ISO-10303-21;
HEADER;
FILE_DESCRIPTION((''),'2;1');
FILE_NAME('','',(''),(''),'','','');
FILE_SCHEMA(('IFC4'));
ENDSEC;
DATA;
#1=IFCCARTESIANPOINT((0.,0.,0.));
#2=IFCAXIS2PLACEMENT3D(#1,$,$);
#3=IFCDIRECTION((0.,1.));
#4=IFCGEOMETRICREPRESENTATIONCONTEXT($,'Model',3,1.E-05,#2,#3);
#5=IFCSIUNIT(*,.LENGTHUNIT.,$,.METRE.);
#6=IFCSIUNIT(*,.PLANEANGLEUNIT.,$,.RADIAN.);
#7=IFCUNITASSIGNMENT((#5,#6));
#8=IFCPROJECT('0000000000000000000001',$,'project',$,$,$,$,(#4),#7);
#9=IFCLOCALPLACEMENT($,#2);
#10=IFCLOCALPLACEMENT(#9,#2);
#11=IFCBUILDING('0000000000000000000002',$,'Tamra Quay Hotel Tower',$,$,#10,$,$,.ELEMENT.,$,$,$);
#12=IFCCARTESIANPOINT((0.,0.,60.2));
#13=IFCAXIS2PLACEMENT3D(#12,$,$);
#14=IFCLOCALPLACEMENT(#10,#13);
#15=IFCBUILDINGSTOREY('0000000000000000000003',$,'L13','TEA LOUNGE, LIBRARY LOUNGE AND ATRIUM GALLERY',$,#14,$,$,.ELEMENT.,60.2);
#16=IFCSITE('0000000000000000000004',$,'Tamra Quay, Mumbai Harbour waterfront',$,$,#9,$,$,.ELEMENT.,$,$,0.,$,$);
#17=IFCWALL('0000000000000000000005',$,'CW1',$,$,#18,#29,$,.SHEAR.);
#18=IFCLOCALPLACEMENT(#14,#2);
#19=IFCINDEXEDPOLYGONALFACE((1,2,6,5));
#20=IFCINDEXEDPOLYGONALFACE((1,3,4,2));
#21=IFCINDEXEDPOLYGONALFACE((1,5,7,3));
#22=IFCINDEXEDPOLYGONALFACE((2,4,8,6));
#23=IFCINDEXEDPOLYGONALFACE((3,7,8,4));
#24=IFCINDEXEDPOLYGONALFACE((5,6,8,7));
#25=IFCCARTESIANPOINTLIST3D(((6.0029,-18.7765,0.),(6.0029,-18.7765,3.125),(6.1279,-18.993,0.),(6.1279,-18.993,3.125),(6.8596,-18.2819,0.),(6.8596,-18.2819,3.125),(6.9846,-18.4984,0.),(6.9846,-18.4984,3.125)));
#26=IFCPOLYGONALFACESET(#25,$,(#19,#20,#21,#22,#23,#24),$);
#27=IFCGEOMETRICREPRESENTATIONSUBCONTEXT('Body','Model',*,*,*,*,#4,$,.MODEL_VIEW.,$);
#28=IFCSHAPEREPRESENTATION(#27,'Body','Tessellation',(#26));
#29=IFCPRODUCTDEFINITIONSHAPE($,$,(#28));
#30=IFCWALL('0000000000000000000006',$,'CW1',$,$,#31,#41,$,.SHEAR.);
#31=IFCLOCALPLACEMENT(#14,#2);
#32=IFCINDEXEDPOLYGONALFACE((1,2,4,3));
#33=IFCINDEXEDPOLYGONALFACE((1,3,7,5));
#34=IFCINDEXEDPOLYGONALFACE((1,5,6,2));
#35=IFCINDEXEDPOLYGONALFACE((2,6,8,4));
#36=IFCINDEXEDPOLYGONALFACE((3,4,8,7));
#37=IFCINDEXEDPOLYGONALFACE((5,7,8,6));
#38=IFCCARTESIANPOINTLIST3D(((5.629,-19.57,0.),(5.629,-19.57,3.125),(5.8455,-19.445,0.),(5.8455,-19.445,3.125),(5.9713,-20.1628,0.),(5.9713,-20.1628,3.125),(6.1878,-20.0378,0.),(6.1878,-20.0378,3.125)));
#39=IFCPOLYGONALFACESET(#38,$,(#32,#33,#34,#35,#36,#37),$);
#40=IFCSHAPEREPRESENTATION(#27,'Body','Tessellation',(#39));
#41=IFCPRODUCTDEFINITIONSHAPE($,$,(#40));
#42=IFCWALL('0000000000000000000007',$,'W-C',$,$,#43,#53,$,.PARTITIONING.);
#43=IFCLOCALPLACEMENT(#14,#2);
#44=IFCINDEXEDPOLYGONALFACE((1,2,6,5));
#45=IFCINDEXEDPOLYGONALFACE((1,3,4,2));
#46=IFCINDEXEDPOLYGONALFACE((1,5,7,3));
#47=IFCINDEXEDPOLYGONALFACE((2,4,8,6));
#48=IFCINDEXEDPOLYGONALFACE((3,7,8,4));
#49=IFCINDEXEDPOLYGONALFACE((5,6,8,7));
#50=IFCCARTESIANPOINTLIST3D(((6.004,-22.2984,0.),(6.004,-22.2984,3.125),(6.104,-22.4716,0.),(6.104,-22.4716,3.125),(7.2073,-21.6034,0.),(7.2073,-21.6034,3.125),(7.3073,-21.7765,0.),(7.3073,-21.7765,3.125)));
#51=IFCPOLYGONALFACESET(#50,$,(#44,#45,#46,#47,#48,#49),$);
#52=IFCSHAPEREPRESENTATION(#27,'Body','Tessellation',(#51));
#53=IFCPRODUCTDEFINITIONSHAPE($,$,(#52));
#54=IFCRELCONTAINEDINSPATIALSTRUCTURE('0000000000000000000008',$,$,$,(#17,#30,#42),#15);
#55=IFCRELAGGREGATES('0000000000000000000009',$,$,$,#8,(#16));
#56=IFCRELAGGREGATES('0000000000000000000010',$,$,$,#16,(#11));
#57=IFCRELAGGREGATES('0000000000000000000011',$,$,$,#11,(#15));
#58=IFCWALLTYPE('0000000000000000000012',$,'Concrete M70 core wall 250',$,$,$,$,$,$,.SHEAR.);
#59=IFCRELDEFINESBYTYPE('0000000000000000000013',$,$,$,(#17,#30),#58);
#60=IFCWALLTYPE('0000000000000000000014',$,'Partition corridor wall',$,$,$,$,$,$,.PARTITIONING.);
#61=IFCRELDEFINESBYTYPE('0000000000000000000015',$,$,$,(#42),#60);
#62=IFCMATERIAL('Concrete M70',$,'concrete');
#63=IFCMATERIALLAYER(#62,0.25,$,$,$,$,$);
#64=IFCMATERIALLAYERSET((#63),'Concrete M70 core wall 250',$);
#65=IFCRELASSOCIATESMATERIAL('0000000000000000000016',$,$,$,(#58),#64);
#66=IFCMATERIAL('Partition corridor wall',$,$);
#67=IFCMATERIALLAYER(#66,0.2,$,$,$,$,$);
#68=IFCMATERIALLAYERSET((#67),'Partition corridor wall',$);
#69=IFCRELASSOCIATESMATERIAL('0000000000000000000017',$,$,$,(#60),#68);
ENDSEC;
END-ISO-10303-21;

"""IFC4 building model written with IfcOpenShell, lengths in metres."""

from ifc_helpers import new_model, si_unit, direction, frame, frame_2d, origin, place, context, subcontext, project, spatial, rectangle, extrude, material, layer, layer_set, type_object, element, save


model = new_model("IFC4")

# Units and contexts
model_context = context("Model", 3, precision=1e-05, world=origin(), true_north=direction((0.0, 1.0)))
body_context = subcontext(model_context, "Body", "Model", "MODEL_VIEW")
ifc_project = project(units=[si_unit("LENGTHUNIT", "METRE"), si_unit("PLANEANGLEUNIT", "RADIAN")], contexts=[model_context])

# Site, building, storey
site_placement = place(None, origin())
site = spatial("IfcSite", under=ifc_project, at=site_placement, Name="Tamra Quay, Mumbai Harbour waterfront", CompositionType="ELEMENT", RefElevation=0.0)
building_placement = place(site_placement, origin())
building = spatial("IfcBuilding", under=site, at=building_placement, Name="Tamra Quay Hotel Tower", CompositionType="ELEMENT")
storey_placement = place(building_placement, frame((0.0, 0.0, 60.2)))
storey = spatial("IfcBuildingStorey", under=building, at=storey_placement, Name="L13", Description="TEA LOUNGE, LIBRARY LOUNGE AND ATRIUM GALLERY", CompositionType="ELEMENT", Elevation=60.2)

# Shared definitions
ifc_material_1 = material(Name="Concrete M70", Category="concrete")

# Shared definitions
ifc_layer_1 = layer(ifc_material_1, 0.25)
ifc_layer_set_1 = layer_set([ifc_layer_1], Name="Concrete M70 core wall 250")
wall_type_1 = type_object("IfcWallType", Name="Concrete M70 core wall 250", PredefinedType="SHEAR", material=ifc_layer_set_1)

# Walls
wall_1_placement = place(storey_placement, frame((6.0654, -18.8848, 0.0), z_axis=(0.0, 0.0, 1.0), x_axis=(0.866017, 0.500014, 0.0)))
element("IfcWall", 1, at=wall_1_placement, inside=storey, type_object=wall_type_1, Name="CW1", PredefinedType="SHEAR", context=body_context, shape_type="SweptSolid", body=[
    extrude(rectangle(XDim=0.9893, YDim=0.25, at=frame_2d((0.4946, 0.0))), origin(), (0.0, 0.0, 1.0), 3.125),
])
wall_2_placement = place(storey_placement, frame((6.0796, -20.1003, 0.0), z_axis=(0.0, 0.0, 1.0), x_axis=(-0.500052, 0.865996, 0.0)))
element("IfcWall", 2, at=wall_2_placement, inside=storey, type_object=wall_type_1, Name="CW1", PredefinedType="SHEAR", context=body_context, shape_type="SweptSolid", body=[
    extrude(rectangle(XDim=0.6846, YDim=0.25, at=frame_2d((0.3423, 0.0))), origin(), (0.0, 0.0, 1.0), 3.125),
])
ifc_material_2 = material(Name="Partition corridor wall")
ifc_layer_2 = layer(ifc_material_2, 0.2)
ifc_layer_set_2 = layer_set([ifc_layer_2], Name="Partition corridor wall")
wall_type_2 = type_object("IfcWallType", Name="Partition corridor wall", PredefinedType="PARTITIONING", material=ifc_layer_set_2)
wall_3_placement = place(storey_placement, frame((6.054, -22.385, 0.0), z_axis=(0.0, 0.0, 1.0), x_axis=(0.865931, 0.500163, 0.0)))
element("IfcWall", 3, at=wall_3_placement, inside=storey, type_object=wall_type_2, Name="W-C", PredefinedType="PARTITIONING", context=body_context, shape_type="SweptSolid", body=[
    extrude(rectangle(XDim=1.3896, YDim=0.2, at=frame_2d((0.6948, 0.0))), origin(), (0.0, 0.0, 1.0), 3.125),
])

save(model, "model.ifc")
